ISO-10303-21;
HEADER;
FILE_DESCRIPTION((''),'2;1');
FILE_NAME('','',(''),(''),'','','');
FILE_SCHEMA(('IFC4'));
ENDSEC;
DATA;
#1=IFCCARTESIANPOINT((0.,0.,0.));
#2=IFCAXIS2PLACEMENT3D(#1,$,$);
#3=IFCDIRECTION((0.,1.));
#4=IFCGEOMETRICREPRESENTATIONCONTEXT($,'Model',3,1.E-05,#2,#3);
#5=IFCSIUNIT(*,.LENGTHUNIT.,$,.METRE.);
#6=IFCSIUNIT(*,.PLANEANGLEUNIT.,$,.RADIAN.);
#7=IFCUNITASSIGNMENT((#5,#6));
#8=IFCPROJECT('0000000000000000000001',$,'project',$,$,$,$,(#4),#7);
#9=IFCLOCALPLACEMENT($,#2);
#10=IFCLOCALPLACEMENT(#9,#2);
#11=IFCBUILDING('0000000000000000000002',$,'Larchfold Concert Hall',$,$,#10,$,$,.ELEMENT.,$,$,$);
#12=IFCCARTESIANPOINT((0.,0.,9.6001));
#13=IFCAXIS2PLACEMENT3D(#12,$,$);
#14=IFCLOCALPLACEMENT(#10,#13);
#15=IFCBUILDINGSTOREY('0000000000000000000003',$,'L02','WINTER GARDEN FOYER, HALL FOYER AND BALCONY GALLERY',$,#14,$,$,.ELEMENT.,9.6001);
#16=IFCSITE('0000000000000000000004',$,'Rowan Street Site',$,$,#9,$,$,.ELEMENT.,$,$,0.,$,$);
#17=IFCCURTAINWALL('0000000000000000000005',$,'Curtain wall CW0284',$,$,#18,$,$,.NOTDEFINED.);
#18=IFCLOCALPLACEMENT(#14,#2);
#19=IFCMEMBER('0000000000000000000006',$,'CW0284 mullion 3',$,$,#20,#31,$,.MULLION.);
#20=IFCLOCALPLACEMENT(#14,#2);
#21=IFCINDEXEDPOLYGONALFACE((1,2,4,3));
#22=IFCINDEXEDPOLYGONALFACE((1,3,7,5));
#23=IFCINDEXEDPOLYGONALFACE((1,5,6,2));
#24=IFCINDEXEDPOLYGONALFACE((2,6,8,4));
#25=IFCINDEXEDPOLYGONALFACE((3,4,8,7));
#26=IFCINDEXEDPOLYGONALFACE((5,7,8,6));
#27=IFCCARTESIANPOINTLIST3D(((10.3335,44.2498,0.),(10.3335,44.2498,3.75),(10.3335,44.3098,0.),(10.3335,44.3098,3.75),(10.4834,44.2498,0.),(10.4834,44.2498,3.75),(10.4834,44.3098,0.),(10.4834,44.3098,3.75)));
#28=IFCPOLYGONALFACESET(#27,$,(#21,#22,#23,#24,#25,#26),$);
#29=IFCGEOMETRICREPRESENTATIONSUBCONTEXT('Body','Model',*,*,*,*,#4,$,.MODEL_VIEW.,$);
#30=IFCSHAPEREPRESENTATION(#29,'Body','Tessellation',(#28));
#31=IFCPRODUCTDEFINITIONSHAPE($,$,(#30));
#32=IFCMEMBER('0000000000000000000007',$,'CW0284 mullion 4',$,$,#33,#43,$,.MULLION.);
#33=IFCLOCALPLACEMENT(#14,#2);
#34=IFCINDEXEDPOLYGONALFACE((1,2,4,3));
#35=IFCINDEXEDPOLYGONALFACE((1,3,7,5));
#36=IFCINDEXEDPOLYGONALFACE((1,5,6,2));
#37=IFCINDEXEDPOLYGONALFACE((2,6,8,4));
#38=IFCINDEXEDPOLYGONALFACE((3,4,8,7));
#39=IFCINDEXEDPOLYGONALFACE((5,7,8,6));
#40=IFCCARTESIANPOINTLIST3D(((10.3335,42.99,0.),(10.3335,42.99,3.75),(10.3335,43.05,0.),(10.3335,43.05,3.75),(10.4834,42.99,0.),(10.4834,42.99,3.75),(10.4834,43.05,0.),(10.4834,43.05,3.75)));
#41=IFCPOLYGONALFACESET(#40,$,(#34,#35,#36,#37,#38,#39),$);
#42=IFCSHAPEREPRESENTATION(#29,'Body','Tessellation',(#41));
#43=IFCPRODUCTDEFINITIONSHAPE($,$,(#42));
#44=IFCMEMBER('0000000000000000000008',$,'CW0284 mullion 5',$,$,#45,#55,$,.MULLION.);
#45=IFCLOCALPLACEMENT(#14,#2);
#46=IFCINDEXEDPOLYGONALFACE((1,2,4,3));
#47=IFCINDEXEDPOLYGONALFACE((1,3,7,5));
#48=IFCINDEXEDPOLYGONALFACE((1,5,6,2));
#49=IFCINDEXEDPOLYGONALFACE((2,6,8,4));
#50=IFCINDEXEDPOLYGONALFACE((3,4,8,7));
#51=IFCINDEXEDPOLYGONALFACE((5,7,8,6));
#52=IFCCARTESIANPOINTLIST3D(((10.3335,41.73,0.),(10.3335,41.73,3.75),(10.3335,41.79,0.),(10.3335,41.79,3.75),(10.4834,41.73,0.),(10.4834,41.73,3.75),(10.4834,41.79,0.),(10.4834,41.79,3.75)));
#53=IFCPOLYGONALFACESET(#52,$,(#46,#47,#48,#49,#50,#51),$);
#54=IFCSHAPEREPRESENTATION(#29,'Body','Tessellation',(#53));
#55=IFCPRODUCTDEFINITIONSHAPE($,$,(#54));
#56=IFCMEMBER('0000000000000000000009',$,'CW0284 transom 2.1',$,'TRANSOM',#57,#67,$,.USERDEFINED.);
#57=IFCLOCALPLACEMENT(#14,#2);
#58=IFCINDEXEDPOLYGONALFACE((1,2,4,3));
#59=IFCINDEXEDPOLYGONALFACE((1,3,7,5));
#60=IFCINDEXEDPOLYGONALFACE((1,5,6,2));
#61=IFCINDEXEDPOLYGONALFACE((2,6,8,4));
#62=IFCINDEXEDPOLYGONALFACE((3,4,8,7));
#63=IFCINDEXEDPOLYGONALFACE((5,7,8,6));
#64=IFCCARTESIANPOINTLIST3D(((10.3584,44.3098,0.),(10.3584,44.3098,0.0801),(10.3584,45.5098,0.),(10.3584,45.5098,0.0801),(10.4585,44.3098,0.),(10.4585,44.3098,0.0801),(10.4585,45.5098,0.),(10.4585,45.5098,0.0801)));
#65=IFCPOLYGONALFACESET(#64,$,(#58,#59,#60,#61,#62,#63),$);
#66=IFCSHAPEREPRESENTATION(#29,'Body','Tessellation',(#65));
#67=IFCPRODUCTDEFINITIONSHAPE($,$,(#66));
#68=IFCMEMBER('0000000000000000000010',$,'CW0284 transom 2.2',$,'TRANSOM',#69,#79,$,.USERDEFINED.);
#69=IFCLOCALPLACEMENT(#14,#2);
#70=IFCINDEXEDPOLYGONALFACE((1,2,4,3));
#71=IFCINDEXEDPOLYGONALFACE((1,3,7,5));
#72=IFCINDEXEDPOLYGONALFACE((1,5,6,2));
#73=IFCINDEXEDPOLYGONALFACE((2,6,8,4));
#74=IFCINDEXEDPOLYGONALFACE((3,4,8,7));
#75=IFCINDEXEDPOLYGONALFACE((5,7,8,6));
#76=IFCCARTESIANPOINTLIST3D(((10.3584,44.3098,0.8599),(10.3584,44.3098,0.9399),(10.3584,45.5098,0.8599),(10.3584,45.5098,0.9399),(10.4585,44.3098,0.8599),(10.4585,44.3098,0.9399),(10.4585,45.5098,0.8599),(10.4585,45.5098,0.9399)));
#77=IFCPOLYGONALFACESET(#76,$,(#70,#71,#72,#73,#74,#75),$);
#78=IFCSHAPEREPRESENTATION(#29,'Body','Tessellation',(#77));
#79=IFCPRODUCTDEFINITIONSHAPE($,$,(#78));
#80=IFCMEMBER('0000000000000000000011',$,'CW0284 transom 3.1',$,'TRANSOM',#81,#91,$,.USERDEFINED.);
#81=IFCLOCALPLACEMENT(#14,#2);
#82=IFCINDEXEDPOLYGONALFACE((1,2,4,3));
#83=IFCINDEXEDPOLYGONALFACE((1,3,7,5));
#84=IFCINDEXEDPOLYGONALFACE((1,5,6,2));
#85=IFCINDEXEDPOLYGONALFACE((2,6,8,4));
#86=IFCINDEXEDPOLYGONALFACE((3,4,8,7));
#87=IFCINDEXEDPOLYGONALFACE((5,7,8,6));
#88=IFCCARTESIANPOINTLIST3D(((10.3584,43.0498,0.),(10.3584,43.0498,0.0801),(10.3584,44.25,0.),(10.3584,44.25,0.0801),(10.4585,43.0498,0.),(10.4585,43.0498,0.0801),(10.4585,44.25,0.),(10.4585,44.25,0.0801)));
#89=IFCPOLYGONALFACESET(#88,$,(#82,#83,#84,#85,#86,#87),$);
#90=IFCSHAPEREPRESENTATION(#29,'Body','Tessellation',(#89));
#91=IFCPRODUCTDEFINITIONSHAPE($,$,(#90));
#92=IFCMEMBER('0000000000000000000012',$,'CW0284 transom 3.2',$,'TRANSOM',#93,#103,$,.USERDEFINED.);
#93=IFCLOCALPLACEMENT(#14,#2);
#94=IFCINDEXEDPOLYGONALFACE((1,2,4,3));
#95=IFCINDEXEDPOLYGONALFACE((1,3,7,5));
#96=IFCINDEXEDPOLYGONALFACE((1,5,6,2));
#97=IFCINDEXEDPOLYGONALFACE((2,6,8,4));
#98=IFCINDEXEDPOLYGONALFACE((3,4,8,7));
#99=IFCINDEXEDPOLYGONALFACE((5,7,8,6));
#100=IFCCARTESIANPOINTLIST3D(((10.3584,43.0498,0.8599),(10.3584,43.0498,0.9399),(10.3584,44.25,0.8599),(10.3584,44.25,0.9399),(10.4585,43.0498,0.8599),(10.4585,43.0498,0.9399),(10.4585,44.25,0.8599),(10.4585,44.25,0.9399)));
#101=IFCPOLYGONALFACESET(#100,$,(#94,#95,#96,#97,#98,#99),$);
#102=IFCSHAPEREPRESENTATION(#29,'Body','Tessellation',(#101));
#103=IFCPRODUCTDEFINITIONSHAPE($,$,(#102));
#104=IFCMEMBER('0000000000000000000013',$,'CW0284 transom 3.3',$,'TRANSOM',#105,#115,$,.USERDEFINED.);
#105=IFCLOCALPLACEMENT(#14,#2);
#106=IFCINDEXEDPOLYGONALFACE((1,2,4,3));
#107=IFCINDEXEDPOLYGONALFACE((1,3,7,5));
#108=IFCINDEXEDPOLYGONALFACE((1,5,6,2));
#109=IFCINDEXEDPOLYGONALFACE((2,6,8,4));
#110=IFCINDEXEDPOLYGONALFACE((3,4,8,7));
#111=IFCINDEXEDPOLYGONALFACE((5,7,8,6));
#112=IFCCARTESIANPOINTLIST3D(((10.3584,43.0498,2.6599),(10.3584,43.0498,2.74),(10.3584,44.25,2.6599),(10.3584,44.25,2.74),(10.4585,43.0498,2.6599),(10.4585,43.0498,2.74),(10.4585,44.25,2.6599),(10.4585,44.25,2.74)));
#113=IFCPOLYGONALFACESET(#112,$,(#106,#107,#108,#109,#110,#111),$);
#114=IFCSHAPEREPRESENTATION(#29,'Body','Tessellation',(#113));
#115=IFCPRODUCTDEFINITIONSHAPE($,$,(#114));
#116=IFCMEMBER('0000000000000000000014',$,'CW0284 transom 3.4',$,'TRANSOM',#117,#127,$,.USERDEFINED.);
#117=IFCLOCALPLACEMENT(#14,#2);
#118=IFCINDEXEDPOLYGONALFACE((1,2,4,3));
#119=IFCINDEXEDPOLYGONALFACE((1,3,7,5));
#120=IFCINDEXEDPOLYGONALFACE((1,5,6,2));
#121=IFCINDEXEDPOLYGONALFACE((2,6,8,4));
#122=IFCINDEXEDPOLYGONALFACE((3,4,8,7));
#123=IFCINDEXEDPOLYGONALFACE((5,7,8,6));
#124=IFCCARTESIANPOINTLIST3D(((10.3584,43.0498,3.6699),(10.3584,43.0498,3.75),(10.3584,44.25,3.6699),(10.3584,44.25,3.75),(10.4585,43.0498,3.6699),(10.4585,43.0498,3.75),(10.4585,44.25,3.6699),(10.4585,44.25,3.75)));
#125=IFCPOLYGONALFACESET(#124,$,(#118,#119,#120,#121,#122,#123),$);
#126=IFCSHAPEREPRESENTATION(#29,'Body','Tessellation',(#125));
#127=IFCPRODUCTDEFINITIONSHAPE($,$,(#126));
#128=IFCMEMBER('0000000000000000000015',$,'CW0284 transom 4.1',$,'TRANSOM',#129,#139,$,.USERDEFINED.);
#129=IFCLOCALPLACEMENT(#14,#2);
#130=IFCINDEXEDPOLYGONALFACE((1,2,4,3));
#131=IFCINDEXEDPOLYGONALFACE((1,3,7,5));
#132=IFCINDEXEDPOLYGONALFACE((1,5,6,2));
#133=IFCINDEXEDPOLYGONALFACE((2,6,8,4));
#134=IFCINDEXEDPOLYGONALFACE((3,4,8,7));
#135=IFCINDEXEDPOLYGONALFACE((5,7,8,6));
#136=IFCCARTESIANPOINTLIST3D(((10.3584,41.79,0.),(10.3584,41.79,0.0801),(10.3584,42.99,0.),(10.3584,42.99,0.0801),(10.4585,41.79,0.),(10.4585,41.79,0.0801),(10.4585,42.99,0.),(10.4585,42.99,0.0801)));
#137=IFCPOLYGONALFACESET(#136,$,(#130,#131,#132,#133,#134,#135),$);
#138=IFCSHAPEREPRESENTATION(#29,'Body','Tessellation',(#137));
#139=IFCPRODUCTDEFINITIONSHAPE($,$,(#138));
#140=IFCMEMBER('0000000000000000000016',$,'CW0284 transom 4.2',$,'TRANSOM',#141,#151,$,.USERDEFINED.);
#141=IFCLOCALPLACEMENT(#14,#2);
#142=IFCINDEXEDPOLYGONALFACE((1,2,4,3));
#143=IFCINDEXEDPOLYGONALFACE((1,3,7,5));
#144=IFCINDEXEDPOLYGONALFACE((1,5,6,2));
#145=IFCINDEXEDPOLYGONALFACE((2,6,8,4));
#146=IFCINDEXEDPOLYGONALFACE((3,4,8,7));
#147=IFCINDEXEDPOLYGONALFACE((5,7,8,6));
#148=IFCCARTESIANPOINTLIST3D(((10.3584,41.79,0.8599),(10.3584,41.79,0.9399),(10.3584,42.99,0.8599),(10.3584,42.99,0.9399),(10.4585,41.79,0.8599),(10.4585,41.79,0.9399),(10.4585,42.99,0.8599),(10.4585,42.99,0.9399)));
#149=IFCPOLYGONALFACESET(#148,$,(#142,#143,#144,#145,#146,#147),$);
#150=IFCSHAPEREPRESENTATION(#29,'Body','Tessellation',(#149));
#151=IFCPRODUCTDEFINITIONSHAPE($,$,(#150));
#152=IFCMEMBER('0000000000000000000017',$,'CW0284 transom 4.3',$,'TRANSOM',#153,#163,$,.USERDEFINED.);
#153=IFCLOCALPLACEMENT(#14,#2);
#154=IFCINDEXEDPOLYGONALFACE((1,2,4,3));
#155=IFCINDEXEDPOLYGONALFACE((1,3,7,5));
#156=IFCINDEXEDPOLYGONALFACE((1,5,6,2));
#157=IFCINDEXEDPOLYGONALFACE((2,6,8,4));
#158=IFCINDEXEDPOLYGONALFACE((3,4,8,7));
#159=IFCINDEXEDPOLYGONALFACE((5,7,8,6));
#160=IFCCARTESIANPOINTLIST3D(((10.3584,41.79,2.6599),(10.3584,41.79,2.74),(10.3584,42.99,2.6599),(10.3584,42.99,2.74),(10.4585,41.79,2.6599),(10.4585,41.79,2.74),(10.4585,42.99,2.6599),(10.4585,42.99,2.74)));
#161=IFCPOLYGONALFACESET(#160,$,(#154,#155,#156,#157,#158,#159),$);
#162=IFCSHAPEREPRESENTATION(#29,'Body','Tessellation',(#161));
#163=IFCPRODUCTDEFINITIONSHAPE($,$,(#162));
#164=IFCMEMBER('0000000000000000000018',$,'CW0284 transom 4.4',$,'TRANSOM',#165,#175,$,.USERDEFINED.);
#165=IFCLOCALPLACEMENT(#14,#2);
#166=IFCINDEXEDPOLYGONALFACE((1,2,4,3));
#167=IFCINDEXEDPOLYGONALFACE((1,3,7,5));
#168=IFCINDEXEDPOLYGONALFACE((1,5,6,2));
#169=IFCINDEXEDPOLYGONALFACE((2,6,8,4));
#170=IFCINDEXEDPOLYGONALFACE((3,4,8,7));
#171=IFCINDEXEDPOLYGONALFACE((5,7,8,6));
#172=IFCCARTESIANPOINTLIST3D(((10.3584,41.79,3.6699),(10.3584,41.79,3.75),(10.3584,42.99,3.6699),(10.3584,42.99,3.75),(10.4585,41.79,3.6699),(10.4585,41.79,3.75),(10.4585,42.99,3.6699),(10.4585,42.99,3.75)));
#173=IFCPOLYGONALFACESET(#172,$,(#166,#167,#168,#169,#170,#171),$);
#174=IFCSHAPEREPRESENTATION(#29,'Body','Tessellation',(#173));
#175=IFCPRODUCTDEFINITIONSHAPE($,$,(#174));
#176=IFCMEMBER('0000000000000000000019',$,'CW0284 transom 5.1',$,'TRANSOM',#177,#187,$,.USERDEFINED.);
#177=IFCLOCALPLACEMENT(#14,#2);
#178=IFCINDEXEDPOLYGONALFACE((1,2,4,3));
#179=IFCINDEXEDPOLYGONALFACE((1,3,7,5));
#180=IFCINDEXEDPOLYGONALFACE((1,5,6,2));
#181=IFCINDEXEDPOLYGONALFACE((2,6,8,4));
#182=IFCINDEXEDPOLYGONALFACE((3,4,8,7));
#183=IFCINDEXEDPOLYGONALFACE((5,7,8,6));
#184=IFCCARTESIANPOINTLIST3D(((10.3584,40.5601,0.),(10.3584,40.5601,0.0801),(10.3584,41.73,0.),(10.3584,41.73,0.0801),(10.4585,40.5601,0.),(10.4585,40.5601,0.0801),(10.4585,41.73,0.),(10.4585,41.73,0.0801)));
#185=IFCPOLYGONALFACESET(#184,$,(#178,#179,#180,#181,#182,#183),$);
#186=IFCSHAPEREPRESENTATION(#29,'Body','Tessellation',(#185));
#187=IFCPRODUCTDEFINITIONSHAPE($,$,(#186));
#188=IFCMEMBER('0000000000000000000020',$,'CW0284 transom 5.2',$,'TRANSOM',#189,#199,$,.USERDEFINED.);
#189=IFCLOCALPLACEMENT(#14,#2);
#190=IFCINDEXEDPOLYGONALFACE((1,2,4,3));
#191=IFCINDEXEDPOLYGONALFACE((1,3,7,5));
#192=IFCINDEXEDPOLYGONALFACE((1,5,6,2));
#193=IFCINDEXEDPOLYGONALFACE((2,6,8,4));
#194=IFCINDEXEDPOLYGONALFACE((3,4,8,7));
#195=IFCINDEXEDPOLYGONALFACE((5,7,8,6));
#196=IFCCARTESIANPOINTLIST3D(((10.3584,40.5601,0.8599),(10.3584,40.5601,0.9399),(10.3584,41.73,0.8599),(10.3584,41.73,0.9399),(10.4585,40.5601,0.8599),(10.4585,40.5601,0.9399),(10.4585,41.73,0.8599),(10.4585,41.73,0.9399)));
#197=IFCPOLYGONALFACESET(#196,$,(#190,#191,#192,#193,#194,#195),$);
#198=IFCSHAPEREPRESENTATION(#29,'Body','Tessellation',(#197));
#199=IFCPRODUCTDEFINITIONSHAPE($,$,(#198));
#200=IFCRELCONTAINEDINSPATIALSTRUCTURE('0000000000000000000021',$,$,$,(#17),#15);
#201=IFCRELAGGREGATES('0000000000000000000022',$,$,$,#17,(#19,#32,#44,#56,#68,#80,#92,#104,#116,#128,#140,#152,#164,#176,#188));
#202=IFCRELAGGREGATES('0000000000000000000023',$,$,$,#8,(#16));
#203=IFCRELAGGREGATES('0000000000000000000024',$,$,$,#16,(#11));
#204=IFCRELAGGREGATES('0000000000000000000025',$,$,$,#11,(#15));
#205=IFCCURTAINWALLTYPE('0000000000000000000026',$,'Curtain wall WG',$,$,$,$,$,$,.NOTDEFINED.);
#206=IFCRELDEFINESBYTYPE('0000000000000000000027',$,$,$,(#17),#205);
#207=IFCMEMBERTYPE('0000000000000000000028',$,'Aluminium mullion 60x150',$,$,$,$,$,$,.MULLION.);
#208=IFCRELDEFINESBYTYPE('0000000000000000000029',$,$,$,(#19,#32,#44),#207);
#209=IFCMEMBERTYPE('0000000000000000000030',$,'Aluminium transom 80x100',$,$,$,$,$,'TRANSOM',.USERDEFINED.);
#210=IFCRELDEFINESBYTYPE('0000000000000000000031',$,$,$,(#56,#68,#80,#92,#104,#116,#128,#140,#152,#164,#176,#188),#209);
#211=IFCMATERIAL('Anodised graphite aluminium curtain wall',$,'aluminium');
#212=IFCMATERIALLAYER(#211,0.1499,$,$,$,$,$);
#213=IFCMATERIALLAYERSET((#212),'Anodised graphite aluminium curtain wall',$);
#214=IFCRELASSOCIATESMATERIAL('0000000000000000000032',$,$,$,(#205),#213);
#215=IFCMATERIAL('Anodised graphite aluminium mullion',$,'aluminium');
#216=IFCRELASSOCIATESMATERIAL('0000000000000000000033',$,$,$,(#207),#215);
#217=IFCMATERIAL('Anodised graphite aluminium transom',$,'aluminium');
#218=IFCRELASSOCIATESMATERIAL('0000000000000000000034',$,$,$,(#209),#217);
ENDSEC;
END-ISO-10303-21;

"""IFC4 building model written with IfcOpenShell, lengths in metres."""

from ifc_helpers import new_model, si_unit, direction, frame, origin, origin_2d, place, context, subcontext, project, spatial, rectangle, extrude, material, layer, layer_set, material_profile, profile_set, type_object, element, aggregate, save


model = new_model("IFC4")

# Units and contexts
model_context = context("Model", 3, precision=1e-05, world=origin(), true_north=direction((0.0, 1.0)))
body_context = subcontext(model_context, "Body", "Model", "MODEL_VIEW")
ifc_project = project(units=[si_unit("LENGTHUNIT", "METRE"), si_unit("PLANEANGLEUNIT", "RADIAN")], contexts=[model_context])

# Site, building, storey
site_placement = place(None, origin())
site = spatial("IfcSite", under=ifc_project, at=site_placement, Name="Rowan Street Site", CompositionType="ELEMENT", RefElevation=0.0)
building_placement = place(site_placement, origin())
building = spatial("IfcBuilding", under=site, at=building_placement, Name="Larchfold Concert Hall", CompositionType="ELEMENT")
storey_placement = place(building_placement, frame((0.0, 0.0, 9.6001)))
storey = spatial("IfcBuildingStorey", under=building, at=storey_placement, Name="L02", Description="WINTER GARDEN FOYER, HALL FOYER AND BALCONY GALLERY", CompositionType="ELEMENT", Elevation=9.6001)

# Curtain wall, members
ifc_material_1 = material(Name="Anodised graphite aluminium curtain wall", Category="aluminium")
ifc_layer_1 = layer(ifc_material_1, 0.1499)
ifc_layer_set_1 = layer_set([ifc_layer_1], Name="Anodised graphite aluminium curtain wall")
curtain_wall_type = type_object("IfcCurtainWallType", Name="Curtain wall WG", PredefinedType="NOTDEFINED", material=ifc_layer_set_1)
curtain_wall_placement = place(storey_placement, origin())
curtain_wall = element("IfcCurtainWall", 1, at=curtain_wall_placement, inside=storey, type_object=curtain_wall_type, Name="Curtain wall CW0284", PredefinedType="NOTDEFINED")
ifc_material_2 = material(Name="Anodised graphite aluminium mullion", Category="aluminium")
ifc_material_profile_1 = material_profile(ifc_material_2, rectangle(XDim=0.1499, YDim=0.0601, at=origin_2d()))
ifc_profile_set_1 = profile_set([ifc_material_profile_1], Name="Anodised graphite aluminium mullion")
member_type_1 = type_object("IfcMemberType", Name="Aluminium mullion 60x150", PredefinedType="MULLION", material=ifc_profile_set_1)
member_1_placement = place(storey_placement, frame((10.4084, 44.2798, 0.0), z_axis=(0.0, 0.0, 1.0), x_axis=(1.0, 0.0, 0.0)))
member_1 = element("IfcMember", 2, at=member_1_placement, type_object=member_type_1, Name="CW0284 mullion 3", PredefinedType="MULLION", context=body_context, shape_type="SweptSolid", body=[
    extrude(rectangle(XDim=0.1499, YDim=0.0601, at=origin_2d()), origin(), (0.0, 0.0, 1.0), 3.75),
])
member_2_placement = place(storey_placement, frame((10.4084, 43.02, 0.0), z_axis=(0.0, 0.0, 1.0), x_axis=(1.0, 0.0, 0.0)))
member_2 = element("IfcMember", 3, at=member_2_placement, type_object=member_type_1, Name="CW0284 mullion 4", PredefinedType="MULLION", context=body_context, shape_type="SweptSolid", body=[
    extrude(rectangle(XDim=0.1499, YDim=0.0601, at=origin_2d()), origin(), (0.0, 0.0, 1.0), 3.75),
])
member_3_placement = place(storey_placement, frame((10.4084, 41.76, 0.0), z_axis=(0.0, 0.0, 1.0), x_axis=(1.0, 0.0, 0.0)))
member_3 = element("IfcMember", 4, at=member_3_placement, type_object=member_type_1, Name="CW0284 mullion 5", PredefinedType="MULLION", context=body_context, shape_type="SweptSolid", body=[
    extrude(rectangle(XDim=0.1499, YDim=0.0601, at=origin_2d()), origin(), (0.0, 0.0, 1.0), 3.75),
])
ifc_material_3 = material(Name="Anodised graphite aluminium transom", Category="aluminium")
ifc_material_profile_2 = material_profile(ifc_material_3, rectangle(XDim=0.1001, YDim=0.0801, at=origin_2d()))
ifc_profile_set_2 = profile_set([ifc_material_profile_2], Name="Anodised graphite aluminium transom")
member_type_2 = type_object("IfcMemberType", Name="Aluminium transom 80x100", ElementType="TRANSOM", PredefinedType="USERDEFINED", material=ifc_profile_set_2)
member_4_placement = place(storey_placement, frame((10.4084, 45.5098, 0.04), z_axis=(0.0, -1.0, 0.0), x_axis=(1.0, 0.0, 0.0)))
member_4 = element("IfcMember", 5, at=member_4_placement, type_object=member_type_2, Name="CW0284 transom 2.1", ObjectType="TRANSOM", PredefinedType="USERDEFINED", context=body_context, shape_type="SweptSolid", body=[
    extrude(rectangle(XDim=0.1001, YDim=0.0801, at=origin_2d()), origin(), (0.0, 0.0, 1.0), 1.2),
])
member_5_placement = place(storey_placement, frame((10.4084, 45.5098, 0.8999), z_axis=(0.0, -1.0, 0.0), x_axis=(1.0, 0.0, 0.0)))
member_5 = element("IfcMember", 6, at=member_5_placement, type_object=member_type_2, Name="CW0284 transom 2.2", ObjectType="TRANSOM", PredefinedType="USERDEFINED", context=body_context, shape_type="SweptSolid", body=[
    extrude(rectangle(XDim=0.1001, YDim=0.0801, at=origin_2d()), origin(), (0.0, 0.0, 1.0), 1.2),
])
member_6_placement = place(storey_placement, frame((10.4084, 44.25, 0.04), z_axis=(0.0, -1.0, 0.0), x_axis=(1.0, 0.0, 0.0)))
member_6 = element("IfcMember", 7, at=member_6_placement, type_object=member_type_2, Name="CW0284 transom 3.1", ObjectType="TRANSOM", PredefinedType="USERDEFINED", context=body_context, shape_type="SweptSolid", body=[
    extrude(rectangle(XDim=0.1001, YDim=0.0801, at=origin_2d()), origin(), (0.0, 0.0, 1.0), 1.2002),
])
member_7_placement = place(storey_placement, frame((10.4084, 44.25, 0.8999), z_axis=(0.0, -1.0, 0.0), x_axis=(1.0, 0.0, 0.0)))
member_7 = element("IfcMember", 8, at=member_7_placement, type_object=member_type_2, Name="CW0284 transom 3.2", ObjectType="TRANSOM", PredefinedType="USERDEFINED", context=body_context, shape_type="SweptSolid", body=[
    extrude(rectangle(XDim=0.1001, YDim=0.0801, at=origin_2d()), origin(), (0.0, 0.0, 1.0), 1.2002),
])
member_8_placement = place(storey_placement, frame((10.4084, 44.25, 2.7), z_axis=(0.0, -1.0, 0.0), x_axis=(1.0, 0.0, 0.0)))
member_8 = element("IfcMember", 9, at=member_8_placement, type_object=member_type_2, Name="CW0284 transom 3.3", ObjectType="TRANSOM", PredefinedType="USERDEFINED", context=body_context, shape_type="SweptSolid", body=[
    extrude(rectangle(XDim=0.1001, YDim=0.0801, at=origin_2d()), origin(), (0.0, 0.0, 1.0), 1.2002),
])
member_9_placement = place(storey_placement, frame((10.4084, 44.25, 3.71), z_axis=(0.0, -1.0, 0.0), x_axis=(1.0, 0.0, 0.0)))
member_9 = element("IfcMember", 10, at=member_9_placement, type_object=member_type_2, Name="CW0284 transom 3.4", ObjectType="TRANSOM", PredefinedType="USERDEFINED", context=body_context, shape_type="SweptSolid", body=[
    extrude(rectangle(XDim=0.1001, YDim=0.0801, at=origin_2d()), origin(), (0.0, 0.0, 1.0), 1.2002),
])
member_10_placement = place(storey_placement, frame((10.4084, 42.99, 0.04), z_axis=(0.0, -1.0, 0.0), x_axis=(1.0, 0.0, 0.0)))
member_10 = element("IfcMember", 11, at=member_10_placement, type_object=member_type_2, Name="CW0284 transom 4.1", ObjectType="TRANSOM", PredefinedType="USERDEFINED", context=body_context, shape_type="SweptSolid", body=[
    extrude(rectangle(XDim=0.1001, YDim=0.0801, at=origin_2d()), origin(), (0.0, 0.0, 1.0), 1.2),
])
member_11_placement = place(storey_placement, frame((10.4084, 42.99, 0.8999), z_axis=(0.0, -1.0, 0.0), x_axis=(1.0, 0.0, 0.0)))
member_11 = element("IfcMember", 12, at=member_11_placement, type_object=member_type_2, Name="CW0284 transom 4.2", ObjectType="TRANSOM", PredefinedType="USERDEFINED", context=body_context, shape_type="SweptSolid", body=[
    extrude(rectangle(XDim=0.1001, YDim=0.0801, at=origin_2d()), origin(), (0.0, 0.0, 1.0), 1.2),
])
member_12_placement = place(storey_placement, frame((10.4084, 42.99, 2.7), z_axis=(0.0, -1.0, 0.0), x_axis=(1.0, 0.0, 0.0)))
member_12 = element("IfcMember", 13, at=member_12_placement, type_object=member_type_2, Name="CW0284 transom 4.3", ObjectType="TRANSOM", PredefinedType="USERDEFINED", context=body_context, shape_type="SweptSolid", body=[
    extrude(rectangle(XDim=0.1001, YDim=0.0801, at=origin_2d()), origin(), (0.0, 0.0, 1.0), 1.2),
])
member_13_placement = place(storey_placement, frame((10.4084, 42.99, 3.71), z_axis=(0.0, -1.0, 0.0), x_axis=(1.0, 0.0, 0.0)))
member_13 = element("IfcMember", 14, at=member_13_placement, type_object=member_type_2, Name="CW0284 transom 4.4", ObjectType="TRANSOM", PredefinedType="USERDEFINED", context=body_context, shape_type="SweptSolid", body=[
    extrude(rectangle(XDim=0.1001, YDim=0.0801, at=origin_2d()), origin(), (0.0, 0.0, 1.0), 1.2),
])
member_14_placement = place(storey_placement, frame((10.4084, 41.73, 0.04), z_axis=(0.0, -1.0, 0.0), x_axis=(1.0, 0.0, 0.0)))
member_14 = element("IfcMember", 15, at=member_14_placement, type_object=member_type_2, Name="CW0284 transom 5.1", ObjectType="TRANSOM", PredefinedType="USERDEFINED", context=body_context, shape_type="SweptSolid", body=[
    extrude(rectangle(XDim=0.1001, YDim=0.0801, at=origin_2d()), origin(), (0.0, 0.0, 1.0), 1.1699),
])
member_15_placement = place(storey_placement, frame((10.4084, 41.73, 0.8999), z_axis=(0.0, -1.0, 0.0), x_axis=(1.0, 0.0, 0.0)))
member_15 = element("IfcMember", 16, at=member_15_placement, type_object=member_type_2, Name="CW0284 transom 5.2", ObjectType="TRANSOM", PredefinedType="USERDEFINED", context=body_context, shape_type="SweptSolid", body=[
    extrude(rectangle(XDim=0.1001, YDim=0.0801, at=origin_2d()), origin(), (0.0, 0.0, 1.0), 1.1699),
])

aggregate(curtain_wall, [member_1, member_2, member_3, member_4, member_5, member_6, member_7, member_8, member_9, member_10, member_11, member_12, member_13, member_14, member_15])

save(model, "model.ifc")
